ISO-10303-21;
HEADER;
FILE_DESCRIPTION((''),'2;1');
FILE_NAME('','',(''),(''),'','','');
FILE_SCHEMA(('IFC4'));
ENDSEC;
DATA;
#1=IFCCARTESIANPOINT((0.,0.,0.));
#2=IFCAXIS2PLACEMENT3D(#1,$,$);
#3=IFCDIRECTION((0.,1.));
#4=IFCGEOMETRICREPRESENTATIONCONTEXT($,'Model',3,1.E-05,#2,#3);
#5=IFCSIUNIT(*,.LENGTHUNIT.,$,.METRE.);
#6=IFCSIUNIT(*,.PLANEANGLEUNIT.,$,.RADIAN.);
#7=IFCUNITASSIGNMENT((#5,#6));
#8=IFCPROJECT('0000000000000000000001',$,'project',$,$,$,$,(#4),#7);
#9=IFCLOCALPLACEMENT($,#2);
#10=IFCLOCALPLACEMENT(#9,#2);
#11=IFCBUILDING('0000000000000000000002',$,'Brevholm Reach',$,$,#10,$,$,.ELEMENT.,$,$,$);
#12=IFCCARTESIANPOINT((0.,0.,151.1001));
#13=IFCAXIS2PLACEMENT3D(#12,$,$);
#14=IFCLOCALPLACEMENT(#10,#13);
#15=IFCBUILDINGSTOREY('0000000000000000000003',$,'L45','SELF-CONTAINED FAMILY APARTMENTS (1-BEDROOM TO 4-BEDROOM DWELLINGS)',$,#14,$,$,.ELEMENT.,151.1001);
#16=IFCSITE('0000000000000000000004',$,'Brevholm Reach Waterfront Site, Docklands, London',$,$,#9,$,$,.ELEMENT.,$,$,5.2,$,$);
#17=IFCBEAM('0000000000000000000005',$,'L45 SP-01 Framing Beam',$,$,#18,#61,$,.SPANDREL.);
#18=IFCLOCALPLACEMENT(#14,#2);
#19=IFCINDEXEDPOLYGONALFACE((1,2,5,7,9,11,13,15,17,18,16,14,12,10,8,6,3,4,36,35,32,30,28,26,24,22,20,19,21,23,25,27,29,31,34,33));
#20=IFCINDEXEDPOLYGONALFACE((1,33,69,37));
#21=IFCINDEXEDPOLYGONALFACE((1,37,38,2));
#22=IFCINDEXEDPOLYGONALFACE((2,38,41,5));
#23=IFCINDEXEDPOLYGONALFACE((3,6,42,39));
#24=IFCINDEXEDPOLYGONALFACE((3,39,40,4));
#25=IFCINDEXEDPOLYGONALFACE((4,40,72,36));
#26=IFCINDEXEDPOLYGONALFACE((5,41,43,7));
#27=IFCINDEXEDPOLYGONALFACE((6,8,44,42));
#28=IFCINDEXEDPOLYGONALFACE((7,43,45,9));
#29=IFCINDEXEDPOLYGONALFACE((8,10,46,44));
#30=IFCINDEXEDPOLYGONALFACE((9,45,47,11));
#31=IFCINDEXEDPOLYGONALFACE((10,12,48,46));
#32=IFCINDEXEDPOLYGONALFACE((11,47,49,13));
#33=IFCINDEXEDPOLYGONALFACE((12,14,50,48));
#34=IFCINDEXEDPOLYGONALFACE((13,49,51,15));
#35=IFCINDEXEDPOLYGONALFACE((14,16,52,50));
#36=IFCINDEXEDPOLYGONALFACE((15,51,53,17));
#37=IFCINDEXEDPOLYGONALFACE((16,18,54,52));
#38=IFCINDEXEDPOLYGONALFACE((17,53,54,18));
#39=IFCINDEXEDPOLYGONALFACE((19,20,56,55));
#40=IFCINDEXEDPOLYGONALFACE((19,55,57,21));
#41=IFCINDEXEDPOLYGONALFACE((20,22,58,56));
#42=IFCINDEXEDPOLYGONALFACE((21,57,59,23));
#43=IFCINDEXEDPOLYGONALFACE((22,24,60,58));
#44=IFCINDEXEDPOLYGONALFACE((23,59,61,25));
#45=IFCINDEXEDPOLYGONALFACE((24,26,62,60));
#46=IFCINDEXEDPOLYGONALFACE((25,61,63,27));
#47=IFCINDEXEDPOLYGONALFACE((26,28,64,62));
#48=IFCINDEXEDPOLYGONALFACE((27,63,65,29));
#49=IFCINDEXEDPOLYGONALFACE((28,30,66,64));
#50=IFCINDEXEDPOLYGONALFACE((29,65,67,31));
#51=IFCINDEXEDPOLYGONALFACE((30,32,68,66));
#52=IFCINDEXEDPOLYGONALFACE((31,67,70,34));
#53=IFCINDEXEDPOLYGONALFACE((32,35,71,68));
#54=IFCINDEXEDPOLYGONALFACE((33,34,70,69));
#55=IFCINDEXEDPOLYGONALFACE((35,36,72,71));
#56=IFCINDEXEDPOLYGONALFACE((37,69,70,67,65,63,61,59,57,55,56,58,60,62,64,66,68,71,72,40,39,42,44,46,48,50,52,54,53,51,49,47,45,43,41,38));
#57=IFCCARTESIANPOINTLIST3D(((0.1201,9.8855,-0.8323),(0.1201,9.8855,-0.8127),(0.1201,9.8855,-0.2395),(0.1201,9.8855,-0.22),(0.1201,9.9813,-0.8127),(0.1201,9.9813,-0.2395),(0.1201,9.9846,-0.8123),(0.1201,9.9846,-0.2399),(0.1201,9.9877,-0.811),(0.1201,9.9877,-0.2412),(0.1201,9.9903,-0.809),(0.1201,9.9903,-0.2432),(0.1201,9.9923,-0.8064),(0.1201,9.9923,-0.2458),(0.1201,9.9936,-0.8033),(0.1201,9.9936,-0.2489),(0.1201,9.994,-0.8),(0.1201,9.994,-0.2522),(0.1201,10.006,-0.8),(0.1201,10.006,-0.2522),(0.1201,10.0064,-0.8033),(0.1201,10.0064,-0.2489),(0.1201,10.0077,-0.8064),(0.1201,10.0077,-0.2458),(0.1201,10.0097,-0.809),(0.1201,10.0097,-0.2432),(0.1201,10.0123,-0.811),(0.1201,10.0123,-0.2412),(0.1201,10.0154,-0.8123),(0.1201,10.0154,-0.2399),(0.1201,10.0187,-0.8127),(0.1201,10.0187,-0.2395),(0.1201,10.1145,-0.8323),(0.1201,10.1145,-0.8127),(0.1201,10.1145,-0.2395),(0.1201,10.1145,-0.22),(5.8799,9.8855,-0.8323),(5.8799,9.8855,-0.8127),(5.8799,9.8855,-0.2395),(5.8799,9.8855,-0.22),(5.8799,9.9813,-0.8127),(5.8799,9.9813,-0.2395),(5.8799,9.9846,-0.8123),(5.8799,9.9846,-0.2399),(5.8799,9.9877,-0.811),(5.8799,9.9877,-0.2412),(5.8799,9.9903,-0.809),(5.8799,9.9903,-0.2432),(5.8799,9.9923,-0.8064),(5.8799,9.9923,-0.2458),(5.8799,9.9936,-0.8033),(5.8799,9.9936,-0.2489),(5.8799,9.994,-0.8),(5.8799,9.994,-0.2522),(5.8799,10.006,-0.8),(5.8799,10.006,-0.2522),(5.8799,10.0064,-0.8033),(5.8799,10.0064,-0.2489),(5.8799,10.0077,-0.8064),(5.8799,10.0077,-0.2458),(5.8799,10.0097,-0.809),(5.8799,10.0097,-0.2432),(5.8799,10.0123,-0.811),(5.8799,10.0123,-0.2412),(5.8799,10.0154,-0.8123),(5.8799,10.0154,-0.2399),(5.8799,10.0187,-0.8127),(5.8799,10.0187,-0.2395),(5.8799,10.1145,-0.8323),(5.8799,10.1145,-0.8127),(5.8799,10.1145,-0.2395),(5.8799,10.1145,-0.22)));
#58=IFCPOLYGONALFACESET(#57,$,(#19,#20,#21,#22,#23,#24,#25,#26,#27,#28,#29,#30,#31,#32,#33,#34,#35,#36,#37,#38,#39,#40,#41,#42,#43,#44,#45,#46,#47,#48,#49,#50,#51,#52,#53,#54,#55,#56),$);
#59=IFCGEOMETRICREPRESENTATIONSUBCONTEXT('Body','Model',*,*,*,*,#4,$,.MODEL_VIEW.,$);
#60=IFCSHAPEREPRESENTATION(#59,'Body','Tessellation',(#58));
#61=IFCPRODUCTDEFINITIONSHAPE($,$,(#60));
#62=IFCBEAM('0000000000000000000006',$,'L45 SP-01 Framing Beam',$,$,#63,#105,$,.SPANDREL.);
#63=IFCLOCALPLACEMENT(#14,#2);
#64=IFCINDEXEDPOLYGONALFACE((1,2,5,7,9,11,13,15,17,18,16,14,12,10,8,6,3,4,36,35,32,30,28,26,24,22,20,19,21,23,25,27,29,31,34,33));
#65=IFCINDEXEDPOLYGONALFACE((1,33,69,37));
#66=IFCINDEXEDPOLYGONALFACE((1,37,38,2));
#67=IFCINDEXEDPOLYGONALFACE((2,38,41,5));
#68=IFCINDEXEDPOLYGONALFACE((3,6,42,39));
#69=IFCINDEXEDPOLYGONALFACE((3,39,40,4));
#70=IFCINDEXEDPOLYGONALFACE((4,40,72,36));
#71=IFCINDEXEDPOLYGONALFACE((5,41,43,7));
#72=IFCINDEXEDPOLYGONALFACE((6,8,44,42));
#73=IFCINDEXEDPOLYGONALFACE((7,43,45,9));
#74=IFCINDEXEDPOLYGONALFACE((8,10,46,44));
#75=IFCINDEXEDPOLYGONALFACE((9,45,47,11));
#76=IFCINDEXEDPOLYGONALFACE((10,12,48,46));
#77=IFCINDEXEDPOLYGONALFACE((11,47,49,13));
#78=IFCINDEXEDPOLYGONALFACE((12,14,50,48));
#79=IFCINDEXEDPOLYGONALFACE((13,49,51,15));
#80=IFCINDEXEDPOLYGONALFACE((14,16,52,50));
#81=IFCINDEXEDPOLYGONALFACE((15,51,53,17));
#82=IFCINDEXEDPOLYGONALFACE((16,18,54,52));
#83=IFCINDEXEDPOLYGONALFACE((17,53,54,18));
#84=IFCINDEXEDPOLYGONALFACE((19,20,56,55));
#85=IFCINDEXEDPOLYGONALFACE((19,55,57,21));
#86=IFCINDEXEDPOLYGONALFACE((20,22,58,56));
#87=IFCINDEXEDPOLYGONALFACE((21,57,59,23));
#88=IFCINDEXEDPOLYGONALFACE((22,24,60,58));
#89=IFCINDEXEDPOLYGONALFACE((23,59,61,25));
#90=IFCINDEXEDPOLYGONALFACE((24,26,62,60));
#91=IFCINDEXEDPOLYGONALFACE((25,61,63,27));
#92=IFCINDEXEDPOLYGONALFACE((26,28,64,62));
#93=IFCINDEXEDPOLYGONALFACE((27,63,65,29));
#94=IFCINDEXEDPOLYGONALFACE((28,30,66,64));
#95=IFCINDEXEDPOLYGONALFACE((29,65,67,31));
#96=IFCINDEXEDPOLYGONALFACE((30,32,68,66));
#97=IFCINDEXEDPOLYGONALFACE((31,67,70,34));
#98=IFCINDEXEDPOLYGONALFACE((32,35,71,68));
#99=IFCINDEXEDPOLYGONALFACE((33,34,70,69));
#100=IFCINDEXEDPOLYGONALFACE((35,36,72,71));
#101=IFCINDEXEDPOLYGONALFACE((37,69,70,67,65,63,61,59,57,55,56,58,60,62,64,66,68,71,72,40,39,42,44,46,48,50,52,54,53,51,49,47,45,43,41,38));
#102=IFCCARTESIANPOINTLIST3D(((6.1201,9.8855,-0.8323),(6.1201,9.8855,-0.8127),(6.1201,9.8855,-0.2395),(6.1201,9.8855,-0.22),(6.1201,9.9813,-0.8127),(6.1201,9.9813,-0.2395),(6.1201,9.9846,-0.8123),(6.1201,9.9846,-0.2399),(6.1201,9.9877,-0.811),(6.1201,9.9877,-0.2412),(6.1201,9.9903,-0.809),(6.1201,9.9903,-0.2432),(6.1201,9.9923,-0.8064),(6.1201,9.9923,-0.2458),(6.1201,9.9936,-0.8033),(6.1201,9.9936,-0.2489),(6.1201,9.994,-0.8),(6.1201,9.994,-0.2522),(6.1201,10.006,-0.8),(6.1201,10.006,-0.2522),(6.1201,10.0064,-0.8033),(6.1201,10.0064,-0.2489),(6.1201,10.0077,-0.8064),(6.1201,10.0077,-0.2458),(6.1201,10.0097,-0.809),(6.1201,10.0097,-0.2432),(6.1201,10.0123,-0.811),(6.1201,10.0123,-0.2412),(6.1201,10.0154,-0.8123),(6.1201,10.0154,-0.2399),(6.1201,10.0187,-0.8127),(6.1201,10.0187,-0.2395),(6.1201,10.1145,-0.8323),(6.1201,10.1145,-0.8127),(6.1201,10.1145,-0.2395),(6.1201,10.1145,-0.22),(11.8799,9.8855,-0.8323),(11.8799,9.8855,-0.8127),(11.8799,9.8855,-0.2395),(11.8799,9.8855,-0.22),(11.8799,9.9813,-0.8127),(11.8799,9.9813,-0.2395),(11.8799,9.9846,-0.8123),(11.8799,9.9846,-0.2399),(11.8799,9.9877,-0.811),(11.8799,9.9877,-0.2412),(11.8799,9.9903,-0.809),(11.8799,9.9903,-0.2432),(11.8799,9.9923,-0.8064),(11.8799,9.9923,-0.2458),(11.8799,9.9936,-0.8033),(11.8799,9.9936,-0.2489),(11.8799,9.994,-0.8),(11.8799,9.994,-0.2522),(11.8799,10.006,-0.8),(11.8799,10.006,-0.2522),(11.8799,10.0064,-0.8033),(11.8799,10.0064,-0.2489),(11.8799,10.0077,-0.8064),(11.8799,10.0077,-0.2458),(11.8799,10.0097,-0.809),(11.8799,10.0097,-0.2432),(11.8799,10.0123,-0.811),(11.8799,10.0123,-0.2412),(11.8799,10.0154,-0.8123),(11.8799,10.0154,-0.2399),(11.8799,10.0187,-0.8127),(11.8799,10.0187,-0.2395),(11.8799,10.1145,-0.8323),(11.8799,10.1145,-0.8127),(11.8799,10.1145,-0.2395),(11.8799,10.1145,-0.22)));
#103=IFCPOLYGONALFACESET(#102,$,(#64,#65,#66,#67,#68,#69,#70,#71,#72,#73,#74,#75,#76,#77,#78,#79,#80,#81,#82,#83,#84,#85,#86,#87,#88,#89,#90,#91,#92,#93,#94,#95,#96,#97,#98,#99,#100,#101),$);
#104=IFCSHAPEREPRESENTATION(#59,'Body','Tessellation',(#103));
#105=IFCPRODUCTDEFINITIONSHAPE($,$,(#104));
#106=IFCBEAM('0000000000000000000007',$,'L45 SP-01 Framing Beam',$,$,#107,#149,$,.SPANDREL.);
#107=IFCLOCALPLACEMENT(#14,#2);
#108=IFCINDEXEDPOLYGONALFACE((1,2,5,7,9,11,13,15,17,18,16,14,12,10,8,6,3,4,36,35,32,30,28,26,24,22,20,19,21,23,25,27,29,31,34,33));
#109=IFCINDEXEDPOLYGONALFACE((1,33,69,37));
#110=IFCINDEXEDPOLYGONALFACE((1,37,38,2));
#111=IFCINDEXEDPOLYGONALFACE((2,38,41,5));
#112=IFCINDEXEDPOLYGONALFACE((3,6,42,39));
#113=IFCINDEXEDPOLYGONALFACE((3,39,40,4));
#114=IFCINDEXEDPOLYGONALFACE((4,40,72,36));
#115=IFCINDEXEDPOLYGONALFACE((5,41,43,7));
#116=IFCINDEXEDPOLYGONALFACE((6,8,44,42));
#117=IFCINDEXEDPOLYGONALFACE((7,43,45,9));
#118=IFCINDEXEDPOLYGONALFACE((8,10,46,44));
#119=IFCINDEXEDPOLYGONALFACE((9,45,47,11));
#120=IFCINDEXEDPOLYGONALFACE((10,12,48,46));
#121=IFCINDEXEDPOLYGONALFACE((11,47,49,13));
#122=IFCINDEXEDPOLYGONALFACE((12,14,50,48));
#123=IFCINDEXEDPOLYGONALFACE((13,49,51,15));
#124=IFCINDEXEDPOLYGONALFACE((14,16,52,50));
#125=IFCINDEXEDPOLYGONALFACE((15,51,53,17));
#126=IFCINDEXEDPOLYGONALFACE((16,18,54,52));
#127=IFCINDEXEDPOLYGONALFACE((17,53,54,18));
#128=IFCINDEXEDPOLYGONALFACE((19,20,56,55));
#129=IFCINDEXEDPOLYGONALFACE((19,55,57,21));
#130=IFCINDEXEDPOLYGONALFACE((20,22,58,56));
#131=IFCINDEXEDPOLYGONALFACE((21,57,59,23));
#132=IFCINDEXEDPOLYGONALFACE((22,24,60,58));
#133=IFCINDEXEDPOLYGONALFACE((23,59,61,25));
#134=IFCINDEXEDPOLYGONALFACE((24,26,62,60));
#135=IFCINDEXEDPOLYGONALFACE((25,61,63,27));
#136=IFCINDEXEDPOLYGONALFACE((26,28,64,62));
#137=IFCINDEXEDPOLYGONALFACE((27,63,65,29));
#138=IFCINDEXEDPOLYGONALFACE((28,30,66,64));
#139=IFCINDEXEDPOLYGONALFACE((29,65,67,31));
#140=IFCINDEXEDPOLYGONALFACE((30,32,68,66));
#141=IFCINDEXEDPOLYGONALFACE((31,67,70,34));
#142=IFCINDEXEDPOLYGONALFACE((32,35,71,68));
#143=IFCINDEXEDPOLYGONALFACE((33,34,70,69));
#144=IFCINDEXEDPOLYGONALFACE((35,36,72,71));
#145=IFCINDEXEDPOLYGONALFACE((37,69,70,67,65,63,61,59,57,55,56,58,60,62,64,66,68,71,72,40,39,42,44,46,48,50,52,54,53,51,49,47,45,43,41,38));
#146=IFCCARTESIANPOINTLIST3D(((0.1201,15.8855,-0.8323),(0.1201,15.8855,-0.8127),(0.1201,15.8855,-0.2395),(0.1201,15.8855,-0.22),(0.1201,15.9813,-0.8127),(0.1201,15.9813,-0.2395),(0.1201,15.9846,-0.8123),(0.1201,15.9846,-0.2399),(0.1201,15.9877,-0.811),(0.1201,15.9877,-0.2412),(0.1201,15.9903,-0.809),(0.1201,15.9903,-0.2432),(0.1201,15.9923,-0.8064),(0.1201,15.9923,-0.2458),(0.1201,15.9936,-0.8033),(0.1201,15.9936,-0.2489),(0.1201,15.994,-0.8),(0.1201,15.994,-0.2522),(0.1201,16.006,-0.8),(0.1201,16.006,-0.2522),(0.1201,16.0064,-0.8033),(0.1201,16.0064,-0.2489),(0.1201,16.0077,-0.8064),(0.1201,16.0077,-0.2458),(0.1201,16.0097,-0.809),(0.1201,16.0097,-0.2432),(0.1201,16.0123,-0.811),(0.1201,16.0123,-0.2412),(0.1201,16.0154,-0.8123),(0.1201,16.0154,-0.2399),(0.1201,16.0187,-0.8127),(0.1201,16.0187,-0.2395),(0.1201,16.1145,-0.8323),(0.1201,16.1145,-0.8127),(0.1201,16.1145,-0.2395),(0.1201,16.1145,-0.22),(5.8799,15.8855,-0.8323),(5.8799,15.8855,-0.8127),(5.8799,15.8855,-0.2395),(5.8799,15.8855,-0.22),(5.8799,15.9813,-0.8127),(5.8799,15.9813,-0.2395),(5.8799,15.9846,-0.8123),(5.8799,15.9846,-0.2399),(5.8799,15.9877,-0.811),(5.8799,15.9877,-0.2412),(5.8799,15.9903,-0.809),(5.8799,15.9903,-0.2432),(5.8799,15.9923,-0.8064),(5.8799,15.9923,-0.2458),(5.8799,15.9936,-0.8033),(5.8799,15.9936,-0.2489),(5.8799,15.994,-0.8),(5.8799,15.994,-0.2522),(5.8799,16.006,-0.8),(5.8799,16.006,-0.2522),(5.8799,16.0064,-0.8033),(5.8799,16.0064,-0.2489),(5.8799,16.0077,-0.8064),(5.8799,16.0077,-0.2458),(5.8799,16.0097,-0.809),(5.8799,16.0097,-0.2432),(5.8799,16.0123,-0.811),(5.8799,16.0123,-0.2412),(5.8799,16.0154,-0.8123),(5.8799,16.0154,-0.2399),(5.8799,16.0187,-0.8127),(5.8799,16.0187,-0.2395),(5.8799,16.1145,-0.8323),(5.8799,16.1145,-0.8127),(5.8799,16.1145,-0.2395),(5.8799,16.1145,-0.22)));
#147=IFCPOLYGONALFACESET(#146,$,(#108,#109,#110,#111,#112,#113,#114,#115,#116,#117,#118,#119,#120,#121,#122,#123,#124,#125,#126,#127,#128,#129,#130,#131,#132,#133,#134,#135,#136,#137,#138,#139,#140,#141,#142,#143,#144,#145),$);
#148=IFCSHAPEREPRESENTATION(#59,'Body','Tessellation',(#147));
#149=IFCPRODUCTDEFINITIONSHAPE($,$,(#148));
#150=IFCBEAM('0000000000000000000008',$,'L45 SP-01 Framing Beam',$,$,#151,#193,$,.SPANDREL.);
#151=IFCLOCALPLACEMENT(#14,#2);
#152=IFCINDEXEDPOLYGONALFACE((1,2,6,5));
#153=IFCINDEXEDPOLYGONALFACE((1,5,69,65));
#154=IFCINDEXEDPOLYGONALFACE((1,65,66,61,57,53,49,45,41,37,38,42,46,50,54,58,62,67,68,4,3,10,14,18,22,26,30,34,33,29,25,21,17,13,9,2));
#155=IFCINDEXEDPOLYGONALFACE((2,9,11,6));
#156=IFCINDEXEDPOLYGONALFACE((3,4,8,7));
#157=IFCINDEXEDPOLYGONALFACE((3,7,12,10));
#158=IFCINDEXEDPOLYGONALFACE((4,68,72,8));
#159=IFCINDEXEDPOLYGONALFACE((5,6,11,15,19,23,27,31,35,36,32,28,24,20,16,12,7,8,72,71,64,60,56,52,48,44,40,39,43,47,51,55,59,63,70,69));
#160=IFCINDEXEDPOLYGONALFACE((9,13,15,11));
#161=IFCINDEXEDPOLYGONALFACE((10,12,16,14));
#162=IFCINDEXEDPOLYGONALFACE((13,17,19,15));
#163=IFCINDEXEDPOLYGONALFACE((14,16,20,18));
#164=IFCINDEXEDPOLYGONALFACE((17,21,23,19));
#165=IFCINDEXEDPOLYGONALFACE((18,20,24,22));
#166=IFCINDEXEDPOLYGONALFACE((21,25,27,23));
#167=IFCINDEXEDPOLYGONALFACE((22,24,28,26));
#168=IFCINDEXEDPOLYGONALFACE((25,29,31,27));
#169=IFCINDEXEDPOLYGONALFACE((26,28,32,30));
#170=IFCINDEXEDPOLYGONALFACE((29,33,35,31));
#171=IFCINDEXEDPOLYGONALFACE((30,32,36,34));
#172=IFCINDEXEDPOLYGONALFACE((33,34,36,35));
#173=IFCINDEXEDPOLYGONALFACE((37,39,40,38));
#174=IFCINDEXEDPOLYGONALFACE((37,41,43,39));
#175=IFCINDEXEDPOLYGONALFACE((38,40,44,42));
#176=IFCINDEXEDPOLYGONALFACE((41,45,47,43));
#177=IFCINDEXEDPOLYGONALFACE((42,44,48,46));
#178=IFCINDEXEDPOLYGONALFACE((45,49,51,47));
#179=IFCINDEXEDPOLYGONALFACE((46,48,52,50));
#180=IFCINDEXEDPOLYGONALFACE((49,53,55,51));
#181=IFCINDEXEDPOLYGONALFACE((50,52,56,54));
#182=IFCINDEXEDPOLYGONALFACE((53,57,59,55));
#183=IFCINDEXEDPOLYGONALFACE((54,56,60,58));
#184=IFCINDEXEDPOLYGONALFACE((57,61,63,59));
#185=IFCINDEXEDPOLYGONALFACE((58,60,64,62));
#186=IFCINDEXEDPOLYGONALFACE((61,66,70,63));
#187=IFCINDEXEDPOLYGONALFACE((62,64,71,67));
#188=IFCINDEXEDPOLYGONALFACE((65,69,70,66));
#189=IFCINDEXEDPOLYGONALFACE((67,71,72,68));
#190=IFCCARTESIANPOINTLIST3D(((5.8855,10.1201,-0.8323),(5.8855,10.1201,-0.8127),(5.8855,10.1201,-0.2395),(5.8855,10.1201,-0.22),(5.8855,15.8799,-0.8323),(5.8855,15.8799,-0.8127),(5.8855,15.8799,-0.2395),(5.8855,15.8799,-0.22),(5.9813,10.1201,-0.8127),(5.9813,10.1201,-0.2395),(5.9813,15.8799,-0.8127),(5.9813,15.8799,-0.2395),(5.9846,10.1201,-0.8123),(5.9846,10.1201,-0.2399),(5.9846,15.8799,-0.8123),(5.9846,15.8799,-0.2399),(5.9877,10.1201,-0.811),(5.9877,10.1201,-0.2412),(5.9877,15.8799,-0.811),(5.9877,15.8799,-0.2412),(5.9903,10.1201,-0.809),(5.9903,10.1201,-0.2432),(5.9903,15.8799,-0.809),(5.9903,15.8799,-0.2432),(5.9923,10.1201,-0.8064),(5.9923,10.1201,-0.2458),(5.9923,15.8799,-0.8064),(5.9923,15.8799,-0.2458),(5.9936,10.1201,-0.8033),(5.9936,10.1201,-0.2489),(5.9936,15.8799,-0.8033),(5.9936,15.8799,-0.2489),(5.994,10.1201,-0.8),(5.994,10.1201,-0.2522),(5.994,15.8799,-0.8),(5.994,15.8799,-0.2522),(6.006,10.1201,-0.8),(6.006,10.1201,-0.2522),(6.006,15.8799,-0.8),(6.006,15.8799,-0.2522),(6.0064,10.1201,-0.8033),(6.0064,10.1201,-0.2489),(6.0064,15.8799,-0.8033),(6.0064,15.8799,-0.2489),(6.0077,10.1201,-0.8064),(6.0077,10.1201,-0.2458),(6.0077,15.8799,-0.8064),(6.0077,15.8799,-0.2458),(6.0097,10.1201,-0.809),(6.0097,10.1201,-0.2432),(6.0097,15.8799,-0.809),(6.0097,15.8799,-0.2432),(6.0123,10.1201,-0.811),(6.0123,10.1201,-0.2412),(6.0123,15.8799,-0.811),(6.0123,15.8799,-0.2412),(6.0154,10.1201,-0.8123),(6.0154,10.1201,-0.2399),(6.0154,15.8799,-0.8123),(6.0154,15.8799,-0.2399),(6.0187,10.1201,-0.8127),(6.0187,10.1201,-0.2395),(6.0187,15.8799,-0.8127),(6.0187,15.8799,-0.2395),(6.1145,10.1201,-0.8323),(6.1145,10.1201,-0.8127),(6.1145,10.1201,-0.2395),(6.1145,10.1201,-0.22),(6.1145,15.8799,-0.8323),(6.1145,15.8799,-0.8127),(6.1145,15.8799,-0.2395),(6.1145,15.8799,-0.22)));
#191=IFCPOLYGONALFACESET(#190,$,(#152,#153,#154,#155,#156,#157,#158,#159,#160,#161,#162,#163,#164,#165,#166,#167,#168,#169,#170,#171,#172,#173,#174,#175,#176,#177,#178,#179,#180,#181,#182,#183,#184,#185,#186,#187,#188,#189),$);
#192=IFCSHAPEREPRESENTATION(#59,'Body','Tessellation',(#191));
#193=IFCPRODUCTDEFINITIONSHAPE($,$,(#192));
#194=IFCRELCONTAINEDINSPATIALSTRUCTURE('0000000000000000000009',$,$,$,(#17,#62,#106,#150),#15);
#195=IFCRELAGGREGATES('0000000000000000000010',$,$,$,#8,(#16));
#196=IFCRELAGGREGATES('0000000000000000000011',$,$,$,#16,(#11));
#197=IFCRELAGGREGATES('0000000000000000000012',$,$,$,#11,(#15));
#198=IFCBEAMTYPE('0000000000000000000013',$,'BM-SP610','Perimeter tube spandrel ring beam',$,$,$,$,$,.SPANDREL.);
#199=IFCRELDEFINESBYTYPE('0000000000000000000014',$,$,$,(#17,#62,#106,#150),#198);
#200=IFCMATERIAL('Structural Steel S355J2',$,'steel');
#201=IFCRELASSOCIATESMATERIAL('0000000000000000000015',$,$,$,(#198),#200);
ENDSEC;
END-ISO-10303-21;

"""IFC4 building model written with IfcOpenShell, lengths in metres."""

from ifc_helpers import new_model, si_unit, direction, frame, origin, origin_2d, place, context, subcontext, project, spatial, i_section, extrude, material, material_profile, profile_set, type_object, element, save


model = new_model("IFC4")

# Units and contexts
model_context = context("Model", 3, precision=1e-05, world=origin(), true_north=direction((0.0, 1.0)))
body_context = subcontext(model_context, "Body", "Model", "MODEL_VIEW")
ifc_project = project(units=[si_unit("LENGTHUNIT", "METRE"), si_unit("PLANEANGLEUNIT", "RADIAN")], contexts=[model_context])

# Site, building, storey
site_placement = place(None, origin())
site = spatial("IfcSite", under=ifc_project, at=site_placement, Name="Brevholm Reach Waterfront Site, Docklands, London", CompositionType="ELEMENT", RefElevation=5.2)
building_placement = place(site_placement, origin())
building = spatial("IfcBuilding", under=site, at=building_placement, Name="Brevholm Reach", CompositionType="ELEMENT")
storey_placement = place(building_placement, frame((0.0, 0.0, 151.1001)))
storey = spatial("IfcBuildingStorey", under=building, at=storey_placement, Name="L45", Description="SELF-CONTAINED FAMILY APARTMENTS (1-BEDROOM TO 4-BEDROOM DWELLINGS)", CompositionType="ELEMENT", Elevation=151.1001)

# Beams
ifc_material_1 = material(Name="Structural Steel S355J2", Category="steel")
ifc_material_profile_1 = material_profile(ifc_material_1, i_section(OverallWidth=0.229, OverallDepth=0.6123, WebThickness=0.012, FlangeThickness=0.0195, FilletRadius=0.0127, at=origin_2d()), Name="UKB 610x229x125")
ifc_profile_set_1 = profile_set([ifc_material_profile_1], Name="Structural Steel S355J2")
beam_type_1 = type_object("IfcBeamType", Name="BM-SP610", Description="Perimeter tube spandrel ring beam", PredefinedType="SPANDREL", material=ifc_profile_set_1)
for number, where, z_axis, x_axis, name in (
    (1, (0.1201, 10.0, -0.5261), (1.0, 0.0, 0.0), (0.0, 1.0, 0.0), "L45 SP-01 Framing Beam"),
    (2, (6.1201, 10.0, -0.5261), (1.0, 0.0, 0.0), (0.0, 1.0, 0.0), "L45 SP-01 Framing Beam"),
    (3, (0.1201, 16.0, -0.5261), (1.0, 0.0, 0.0), (0.0, 1.0, 0.0), "L45 SP-01 Framing Beam"),
    (4, (6.0, 10.1201, -0.5261), (0.0, 1.0, 0.0), (-1.0, 0.0, 0.0), "L45 SP-01 Framing Beam"),
):
    element("IfcBeam", number, at=place(storey_placement, frame(where, z_axis=z_axis, x_axis=x_axis)), inside=storey, type_object=beam_type_1, Name=name, PredefinedType="SPANDREL", context=body_context, shape_type="SweptSolid", body=[
        extrude(i_section(OverallWidth=0.229, OverallDepth=0.6123, WebThickness=0.012, FlangeThickness=0.0195, FilletRadius=0.0127, at=origin_2d()), origin(), (0.0, 0.0, 1.0), 5.7598),
    ])

save(model, "model.ifc")
